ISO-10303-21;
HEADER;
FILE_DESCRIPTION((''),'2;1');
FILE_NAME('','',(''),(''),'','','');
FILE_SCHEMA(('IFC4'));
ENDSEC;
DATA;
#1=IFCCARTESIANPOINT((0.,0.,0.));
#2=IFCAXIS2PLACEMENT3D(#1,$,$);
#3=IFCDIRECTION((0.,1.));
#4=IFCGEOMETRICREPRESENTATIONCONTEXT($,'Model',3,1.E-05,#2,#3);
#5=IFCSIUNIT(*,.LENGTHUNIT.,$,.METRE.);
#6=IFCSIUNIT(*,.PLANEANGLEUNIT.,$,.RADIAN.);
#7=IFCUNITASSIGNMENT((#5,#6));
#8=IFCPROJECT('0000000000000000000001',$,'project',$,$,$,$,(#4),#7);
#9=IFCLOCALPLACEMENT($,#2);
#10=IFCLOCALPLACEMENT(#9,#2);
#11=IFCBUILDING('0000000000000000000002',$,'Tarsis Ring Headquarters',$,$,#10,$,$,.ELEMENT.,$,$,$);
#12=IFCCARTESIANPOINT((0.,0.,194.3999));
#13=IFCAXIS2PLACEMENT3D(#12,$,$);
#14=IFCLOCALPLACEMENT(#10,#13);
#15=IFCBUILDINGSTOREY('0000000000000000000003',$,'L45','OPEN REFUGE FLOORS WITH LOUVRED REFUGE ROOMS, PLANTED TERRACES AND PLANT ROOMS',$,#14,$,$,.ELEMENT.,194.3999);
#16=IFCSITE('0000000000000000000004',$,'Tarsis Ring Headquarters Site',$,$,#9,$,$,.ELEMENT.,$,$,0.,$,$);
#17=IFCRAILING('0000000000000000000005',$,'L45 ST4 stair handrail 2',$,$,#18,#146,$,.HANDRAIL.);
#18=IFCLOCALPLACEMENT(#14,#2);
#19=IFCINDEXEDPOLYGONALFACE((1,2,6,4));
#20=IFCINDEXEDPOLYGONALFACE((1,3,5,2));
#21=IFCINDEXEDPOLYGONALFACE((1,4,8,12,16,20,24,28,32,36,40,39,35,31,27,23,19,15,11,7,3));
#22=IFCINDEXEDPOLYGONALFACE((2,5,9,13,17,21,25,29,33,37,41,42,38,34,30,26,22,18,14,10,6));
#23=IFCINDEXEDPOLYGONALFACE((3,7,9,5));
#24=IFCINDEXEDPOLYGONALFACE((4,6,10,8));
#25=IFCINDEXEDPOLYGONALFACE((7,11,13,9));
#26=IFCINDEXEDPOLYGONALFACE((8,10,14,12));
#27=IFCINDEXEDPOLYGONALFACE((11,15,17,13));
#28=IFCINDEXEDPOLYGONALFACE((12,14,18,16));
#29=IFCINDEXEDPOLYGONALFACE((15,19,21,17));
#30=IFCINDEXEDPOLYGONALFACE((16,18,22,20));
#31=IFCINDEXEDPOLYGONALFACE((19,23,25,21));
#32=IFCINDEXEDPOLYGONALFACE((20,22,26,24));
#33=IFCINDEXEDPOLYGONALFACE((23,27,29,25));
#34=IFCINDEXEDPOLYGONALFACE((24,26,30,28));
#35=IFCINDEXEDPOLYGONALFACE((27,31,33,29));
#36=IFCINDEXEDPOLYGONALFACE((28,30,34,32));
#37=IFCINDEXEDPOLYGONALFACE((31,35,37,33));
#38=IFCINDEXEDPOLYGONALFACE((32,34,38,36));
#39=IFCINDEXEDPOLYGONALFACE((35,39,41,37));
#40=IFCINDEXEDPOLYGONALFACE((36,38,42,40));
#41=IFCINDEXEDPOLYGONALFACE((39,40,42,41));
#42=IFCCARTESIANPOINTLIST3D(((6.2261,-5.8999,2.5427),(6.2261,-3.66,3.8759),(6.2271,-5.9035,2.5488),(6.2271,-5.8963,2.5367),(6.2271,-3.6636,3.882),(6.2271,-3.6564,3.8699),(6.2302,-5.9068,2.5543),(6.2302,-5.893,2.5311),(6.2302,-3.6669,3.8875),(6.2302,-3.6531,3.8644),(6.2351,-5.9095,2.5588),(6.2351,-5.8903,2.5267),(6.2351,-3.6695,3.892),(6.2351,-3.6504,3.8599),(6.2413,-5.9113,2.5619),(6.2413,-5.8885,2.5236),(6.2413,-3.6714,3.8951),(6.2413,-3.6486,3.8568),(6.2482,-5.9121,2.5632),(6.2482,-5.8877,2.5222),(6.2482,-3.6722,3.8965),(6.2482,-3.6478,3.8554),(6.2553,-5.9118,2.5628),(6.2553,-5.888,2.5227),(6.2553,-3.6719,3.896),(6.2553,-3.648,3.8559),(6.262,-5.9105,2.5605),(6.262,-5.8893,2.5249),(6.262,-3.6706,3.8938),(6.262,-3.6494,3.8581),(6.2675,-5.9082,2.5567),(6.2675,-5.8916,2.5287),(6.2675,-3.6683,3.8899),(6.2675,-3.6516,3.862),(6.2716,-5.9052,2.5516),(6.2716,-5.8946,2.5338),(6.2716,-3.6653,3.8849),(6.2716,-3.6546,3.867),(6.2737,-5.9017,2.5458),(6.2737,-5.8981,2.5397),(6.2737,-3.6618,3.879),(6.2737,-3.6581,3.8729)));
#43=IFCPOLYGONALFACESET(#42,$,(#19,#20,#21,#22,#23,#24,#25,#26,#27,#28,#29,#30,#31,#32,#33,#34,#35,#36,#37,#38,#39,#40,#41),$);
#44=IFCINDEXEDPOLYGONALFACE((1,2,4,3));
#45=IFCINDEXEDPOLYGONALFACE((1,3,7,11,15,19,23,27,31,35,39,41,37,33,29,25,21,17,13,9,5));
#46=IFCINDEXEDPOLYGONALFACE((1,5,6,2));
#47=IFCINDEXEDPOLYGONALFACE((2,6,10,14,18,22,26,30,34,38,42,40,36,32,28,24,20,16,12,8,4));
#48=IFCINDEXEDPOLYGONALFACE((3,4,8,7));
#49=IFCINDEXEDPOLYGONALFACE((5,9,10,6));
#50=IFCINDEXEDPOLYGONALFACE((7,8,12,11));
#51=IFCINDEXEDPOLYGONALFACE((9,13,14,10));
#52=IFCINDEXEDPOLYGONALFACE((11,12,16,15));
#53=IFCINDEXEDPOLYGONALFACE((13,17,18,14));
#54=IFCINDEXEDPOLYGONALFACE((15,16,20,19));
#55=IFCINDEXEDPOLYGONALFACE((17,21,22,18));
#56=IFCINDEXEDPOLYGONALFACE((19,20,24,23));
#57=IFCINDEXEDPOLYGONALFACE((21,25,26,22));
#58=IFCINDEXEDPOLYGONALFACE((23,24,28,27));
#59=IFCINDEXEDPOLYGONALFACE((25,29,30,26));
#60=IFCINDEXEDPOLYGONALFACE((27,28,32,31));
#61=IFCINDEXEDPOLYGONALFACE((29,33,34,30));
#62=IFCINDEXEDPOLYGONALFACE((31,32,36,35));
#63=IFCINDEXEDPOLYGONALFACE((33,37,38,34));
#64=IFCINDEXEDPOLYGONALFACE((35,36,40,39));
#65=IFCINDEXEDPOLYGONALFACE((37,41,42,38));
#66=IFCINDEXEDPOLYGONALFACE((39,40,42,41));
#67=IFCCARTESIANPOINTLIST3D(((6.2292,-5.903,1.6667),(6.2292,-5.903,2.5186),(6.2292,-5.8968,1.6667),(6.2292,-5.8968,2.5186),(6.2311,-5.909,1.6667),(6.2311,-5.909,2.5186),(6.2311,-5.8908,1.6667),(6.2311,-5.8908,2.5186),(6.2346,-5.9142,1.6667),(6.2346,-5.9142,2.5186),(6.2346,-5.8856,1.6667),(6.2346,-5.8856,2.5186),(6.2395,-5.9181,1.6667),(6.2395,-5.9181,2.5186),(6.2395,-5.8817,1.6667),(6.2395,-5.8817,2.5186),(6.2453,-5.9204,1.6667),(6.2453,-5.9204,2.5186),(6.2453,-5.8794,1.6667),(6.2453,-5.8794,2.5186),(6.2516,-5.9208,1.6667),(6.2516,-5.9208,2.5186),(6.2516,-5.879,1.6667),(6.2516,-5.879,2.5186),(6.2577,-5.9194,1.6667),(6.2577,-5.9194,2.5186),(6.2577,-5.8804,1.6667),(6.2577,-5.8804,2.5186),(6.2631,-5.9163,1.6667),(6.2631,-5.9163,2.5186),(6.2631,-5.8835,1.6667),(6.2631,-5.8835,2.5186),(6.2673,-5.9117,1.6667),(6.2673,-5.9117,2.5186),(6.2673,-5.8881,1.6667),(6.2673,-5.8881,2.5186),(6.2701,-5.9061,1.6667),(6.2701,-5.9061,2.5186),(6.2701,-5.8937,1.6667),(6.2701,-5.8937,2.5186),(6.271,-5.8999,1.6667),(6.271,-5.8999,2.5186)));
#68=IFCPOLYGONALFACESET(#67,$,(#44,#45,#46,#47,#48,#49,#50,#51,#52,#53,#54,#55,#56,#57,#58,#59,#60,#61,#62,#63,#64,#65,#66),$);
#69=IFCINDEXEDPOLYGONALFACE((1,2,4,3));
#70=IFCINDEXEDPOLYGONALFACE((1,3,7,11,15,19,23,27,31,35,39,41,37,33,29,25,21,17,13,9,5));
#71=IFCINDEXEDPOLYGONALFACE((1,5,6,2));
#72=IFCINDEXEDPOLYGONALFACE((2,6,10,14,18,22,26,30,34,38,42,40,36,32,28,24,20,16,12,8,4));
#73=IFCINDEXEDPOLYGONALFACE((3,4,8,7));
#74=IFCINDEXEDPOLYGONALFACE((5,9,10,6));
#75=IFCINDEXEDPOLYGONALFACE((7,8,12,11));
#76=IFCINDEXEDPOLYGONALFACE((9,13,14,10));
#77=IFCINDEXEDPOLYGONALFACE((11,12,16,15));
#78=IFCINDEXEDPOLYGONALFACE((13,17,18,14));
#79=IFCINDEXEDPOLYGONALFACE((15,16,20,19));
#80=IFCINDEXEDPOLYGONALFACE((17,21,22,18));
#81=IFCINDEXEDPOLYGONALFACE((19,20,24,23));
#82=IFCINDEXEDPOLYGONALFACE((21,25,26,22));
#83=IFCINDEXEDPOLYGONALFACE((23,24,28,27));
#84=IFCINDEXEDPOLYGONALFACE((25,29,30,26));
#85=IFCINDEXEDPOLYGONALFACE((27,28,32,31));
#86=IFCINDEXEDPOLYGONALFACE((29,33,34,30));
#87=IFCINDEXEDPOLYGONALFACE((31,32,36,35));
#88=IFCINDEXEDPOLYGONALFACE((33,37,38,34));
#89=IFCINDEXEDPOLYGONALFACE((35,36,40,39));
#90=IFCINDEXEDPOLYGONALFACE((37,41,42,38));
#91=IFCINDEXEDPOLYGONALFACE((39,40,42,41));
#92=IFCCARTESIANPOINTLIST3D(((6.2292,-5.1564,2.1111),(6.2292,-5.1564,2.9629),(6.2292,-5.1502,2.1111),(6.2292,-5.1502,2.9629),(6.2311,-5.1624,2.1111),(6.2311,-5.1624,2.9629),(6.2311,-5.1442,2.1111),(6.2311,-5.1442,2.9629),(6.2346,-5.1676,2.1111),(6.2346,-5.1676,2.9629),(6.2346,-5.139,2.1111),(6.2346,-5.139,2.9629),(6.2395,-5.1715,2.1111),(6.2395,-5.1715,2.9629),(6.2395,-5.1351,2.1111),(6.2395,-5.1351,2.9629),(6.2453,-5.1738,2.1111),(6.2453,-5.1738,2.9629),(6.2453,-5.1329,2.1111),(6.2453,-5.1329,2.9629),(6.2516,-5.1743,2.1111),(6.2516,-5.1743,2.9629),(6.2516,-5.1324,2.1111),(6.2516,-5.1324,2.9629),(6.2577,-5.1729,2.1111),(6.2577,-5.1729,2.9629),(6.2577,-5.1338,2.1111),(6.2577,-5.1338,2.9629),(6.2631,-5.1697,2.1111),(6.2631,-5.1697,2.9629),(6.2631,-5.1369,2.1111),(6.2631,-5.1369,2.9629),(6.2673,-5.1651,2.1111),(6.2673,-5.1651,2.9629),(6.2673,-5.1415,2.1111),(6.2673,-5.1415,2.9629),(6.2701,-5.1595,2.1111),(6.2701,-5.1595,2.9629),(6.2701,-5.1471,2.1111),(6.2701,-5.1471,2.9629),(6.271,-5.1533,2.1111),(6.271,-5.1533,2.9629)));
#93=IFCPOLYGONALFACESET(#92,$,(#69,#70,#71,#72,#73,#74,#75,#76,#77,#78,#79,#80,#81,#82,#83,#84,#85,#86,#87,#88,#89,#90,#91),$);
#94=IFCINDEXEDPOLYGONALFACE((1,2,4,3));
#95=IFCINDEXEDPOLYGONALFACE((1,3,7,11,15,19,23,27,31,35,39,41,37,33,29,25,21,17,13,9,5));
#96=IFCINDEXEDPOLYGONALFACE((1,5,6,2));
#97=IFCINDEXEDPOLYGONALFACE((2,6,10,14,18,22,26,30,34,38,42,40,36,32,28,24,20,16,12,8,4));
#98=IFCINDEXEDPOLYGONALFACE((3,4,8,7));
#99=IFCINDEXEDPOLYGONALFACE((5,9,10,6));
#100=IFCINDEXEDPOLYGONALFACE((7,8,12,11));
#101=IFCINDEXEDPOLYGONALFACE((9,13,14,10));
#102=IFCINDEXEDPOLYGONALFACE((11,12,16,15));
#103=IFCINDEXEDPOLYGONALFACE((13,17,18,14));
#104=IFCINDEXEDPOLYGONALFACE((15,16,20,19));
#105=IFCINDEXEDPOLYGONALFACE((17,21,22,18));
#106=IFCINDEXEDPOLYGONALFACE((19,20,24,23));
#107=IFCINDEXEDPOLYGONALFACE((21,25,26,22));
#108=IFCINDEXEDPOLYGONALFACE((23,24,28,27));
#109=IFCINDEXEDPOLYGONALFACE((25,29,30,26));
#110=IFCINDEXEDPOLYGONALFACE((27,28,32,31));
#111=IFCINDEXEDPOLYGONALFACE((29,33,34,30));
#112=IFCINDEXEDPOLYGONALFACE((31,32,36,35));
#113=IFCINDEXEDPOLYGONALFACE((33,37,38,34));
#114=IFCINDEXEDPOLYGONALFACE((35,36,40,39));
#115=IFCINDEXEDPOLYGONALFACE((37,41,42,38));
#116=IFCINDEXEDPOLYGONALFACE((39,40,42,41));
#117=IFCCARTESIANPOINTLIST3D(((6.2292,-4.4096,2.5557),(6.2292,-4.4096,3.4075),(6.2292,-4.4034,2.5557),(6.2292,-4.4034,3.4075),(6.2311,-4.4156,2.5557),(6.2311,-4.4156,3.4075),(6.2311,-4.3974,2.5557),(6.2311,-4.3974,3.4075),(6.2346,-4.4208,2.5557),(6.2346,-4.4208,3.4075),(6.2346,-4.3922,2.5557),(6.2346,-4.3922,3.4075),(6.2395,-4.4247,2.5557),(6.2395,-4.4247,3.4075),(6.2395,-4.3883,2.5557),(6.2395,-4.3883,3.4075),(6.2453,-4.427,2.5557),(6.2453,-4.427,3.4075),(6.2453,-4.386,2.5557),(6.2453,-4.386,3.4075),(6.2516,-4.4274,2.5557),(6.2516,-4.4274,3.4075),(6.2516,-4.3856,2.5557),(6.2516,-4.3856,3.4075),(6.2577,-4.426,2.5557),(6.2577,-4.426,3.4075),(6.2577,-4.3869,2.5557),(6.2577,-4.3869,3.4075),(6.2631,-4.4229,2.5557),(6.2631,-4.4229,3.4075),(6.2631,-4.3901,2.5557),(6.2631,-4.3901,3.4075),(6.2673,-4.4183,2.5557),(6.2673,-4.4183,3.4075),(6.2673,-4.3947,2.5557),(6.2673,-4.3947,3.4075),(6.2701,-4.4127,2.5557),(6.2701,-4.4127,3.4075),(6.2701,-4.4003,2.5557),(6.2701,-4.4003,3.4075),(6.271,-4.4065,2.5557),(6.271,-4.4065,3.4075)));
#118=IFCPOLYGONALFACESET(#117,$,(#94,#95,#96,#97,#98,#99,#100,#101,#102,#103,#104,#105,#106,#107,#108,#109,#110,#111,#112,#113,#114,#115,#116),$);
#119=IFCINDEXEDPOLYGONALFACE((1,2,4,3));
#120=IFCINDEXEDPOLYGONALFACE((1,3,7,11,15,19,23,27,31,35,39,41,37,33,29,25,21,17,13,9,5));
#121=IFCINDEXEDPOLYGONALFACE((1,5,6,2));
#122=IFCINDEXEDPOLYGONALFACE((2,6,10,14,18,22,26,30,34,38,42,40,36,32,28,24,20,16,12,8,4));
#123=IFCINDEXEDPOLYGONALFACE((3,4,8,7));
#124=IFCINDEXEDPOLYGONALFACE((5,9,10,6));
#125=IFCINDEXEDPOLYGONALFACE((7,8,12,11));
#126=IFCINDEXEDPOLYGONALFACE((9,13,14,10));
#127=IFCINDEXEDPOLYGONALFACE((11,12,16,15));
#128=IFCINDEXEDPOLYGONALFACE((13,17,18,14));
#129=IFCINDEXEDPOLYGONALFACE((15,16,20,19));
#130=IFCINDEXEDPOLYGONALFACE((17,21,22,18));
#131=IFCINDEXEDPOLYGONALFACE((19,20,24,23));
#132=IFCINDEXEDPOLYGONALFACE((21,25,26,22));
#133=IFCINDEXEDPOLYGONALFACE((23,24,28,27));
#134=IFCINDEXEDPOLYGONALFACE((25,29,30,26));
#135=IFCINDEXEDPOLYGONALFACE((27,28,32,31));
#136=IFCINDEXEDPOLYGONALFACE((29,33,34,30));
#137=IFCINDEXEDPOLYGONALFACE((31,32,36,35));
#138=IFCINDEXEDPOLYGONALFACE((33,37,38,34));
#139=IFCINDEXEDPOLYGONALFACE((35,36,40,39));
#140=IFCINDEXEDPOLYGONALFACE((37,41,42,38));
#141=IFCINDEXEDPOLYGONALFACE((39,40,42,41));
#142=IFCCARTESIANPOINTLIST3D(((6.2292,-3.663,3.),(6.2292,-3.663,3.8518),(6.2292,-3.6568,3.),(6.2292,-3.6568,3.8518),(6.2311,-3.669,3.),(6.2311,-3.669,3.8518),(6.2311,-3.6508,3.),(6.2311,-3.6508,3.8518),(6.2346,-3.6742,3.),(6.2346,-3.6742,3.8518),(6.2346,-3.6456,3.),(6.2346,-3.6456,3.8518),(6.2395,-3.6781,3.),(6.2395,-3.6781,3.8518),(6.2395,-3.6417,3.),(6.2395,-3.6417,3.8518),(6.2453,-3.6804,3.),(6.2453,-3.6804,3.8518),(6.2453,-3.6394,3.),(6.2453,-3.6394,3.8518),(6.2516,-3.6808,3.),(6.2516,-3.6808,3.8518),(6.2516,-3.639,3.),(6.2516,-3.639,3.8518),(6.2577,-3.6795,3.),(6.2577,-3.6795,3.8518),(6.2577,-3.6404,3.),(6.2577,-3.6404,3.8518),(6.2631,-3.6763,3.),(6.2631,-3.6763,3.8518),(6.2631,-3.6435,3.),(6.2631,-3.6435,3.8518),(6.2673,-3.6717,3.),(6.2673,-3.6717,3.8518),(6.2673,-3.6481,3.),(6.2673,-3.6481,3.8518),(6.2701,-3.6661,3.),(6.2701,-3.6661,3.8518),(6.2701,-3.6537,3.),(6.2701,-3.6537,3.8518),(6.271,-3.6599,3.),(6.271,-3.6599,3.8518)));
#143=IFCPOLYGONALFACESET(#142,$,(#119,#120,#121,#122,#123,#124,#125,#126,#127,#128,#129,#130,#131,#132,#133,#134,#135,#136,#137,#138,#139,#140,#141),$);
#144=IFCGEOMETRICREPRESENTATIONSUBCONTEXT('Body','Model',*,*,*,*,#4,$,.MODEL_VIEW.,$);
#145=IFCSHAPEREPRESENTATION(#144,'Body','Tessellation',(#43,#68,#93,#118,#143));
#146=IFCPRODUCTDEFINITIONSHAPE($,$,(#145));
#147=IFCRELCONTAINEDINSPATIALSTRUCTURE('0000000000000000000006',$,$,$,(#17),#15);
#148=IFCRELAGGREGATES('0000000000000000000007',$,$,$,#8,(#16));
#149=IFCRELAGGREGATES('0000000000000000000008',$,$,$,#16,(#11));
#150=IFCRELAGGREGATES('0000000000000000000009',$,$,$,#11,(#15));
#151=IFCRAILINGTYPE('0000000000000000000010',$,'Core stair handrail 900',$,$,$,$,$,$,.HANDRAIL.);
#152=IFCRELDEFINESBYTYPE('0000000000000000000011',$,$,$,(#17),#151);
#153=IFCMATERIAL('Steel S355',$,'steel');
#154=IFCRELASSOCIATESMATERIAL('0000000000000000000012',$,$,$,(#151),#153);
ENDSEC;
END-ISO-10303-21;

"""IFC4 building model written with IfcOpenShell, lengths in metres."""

from ifc_helpers import new_model, si_unit, direction, frame, origin, origin_2d, place, context, subcontext, project, spatial, circle, extrude, material, type_object, element, save


model = new_model("IFC4")

# Units and contexts
model_context = context("Model", 3, precision=1e-05, world=origin(), true_north=direction((0.0, 1.0)))
body_context = subcontext(model_context, "Body", "Model", "MODEL_VIEW")
ifc_project = project(units=[si_unit("LENGTHUNIT", "METRE"), si_unit("PLANEANGLEUNIT", "RADIAN")], contexts=[model_context])

# Site, building, storey
site_placement = place(None, origin())
site = spatial("IfcSite", under=ifc_project, at=site_placement, Name="Tarsis Ring Headquarters Site", CompositionType="ELEMENT", RefElevation=0.0)
building_placement = place(site_placement, origin())
building = spatial("IfcBuilding", under=site, at=building_placement, Name="Tarsis Ring Headquarters", CompositionType="ELEMENT")
storey_placement = place(building_placement, frame((0.0, 0.0, 194.3999)))
storey = spatial("IfcBuildingStorey", under=building, at=storey_placement, Name="L45", Description="OPEN REFUGE FLOORS WITH LOUVRED REFUGE ROOMS, PLANTED TERRACES AND PLANT ROOMS", CompositionType="ELEMENT", Elevation=194.3999)

# Railing
ifc_material_1 = material(Name="Steel S355", Category="steel")
railing_type_1 = type_object("IfcRailingType", Name="Core stair handrail 900", PredefinedType="HANDRAIL", material=ifc_material_1)
railing_1_placement = place(storey_placement, frame((6.25, -5.8999, 1.6667)))
element("IfcRailing", 1, at=railing_1_placement, inside=storey, type_object=railing_type_1, Name="L45 ST4 stair handrail 2", PredefinedType="HANDRAIL", context=body_context, shape_type="SweptSolid", body=[
    extrude(circle(Radius=0.0239, at=origin_2d()), frame((0.0, 0.0, 0.876), z_axis=(0.0, 0.859306, 0.511462), x_axis=(-1.0, 0.0, 0.0)), (0.0, 0.0, 1.0), 2.6067),
    extrude(circle(Radius=0.021, at=origin_2d()), origin(), (0.0, 0.0, 1.0), 0.8518),
    extrude(circle(Radius=0.021, at=origin_2d()), frame((0.0, 0.7466, 0.4443)), (0.0, 0.0, 1.0), 0.8518),
    extrude(circle(Radius=0.021, at=origin_2d()), frame((0.0, 1.4934, 0.8889)), (0.0, 0.0, 1.0), 0.8518),
    extrude(circle(Radius=0.021, at=origin_2d()), frame((0.0, 2.24, 1.3333)), (0.0, 0.0, 1.0), 0.8518),
])

save(model, "model.ifc")
